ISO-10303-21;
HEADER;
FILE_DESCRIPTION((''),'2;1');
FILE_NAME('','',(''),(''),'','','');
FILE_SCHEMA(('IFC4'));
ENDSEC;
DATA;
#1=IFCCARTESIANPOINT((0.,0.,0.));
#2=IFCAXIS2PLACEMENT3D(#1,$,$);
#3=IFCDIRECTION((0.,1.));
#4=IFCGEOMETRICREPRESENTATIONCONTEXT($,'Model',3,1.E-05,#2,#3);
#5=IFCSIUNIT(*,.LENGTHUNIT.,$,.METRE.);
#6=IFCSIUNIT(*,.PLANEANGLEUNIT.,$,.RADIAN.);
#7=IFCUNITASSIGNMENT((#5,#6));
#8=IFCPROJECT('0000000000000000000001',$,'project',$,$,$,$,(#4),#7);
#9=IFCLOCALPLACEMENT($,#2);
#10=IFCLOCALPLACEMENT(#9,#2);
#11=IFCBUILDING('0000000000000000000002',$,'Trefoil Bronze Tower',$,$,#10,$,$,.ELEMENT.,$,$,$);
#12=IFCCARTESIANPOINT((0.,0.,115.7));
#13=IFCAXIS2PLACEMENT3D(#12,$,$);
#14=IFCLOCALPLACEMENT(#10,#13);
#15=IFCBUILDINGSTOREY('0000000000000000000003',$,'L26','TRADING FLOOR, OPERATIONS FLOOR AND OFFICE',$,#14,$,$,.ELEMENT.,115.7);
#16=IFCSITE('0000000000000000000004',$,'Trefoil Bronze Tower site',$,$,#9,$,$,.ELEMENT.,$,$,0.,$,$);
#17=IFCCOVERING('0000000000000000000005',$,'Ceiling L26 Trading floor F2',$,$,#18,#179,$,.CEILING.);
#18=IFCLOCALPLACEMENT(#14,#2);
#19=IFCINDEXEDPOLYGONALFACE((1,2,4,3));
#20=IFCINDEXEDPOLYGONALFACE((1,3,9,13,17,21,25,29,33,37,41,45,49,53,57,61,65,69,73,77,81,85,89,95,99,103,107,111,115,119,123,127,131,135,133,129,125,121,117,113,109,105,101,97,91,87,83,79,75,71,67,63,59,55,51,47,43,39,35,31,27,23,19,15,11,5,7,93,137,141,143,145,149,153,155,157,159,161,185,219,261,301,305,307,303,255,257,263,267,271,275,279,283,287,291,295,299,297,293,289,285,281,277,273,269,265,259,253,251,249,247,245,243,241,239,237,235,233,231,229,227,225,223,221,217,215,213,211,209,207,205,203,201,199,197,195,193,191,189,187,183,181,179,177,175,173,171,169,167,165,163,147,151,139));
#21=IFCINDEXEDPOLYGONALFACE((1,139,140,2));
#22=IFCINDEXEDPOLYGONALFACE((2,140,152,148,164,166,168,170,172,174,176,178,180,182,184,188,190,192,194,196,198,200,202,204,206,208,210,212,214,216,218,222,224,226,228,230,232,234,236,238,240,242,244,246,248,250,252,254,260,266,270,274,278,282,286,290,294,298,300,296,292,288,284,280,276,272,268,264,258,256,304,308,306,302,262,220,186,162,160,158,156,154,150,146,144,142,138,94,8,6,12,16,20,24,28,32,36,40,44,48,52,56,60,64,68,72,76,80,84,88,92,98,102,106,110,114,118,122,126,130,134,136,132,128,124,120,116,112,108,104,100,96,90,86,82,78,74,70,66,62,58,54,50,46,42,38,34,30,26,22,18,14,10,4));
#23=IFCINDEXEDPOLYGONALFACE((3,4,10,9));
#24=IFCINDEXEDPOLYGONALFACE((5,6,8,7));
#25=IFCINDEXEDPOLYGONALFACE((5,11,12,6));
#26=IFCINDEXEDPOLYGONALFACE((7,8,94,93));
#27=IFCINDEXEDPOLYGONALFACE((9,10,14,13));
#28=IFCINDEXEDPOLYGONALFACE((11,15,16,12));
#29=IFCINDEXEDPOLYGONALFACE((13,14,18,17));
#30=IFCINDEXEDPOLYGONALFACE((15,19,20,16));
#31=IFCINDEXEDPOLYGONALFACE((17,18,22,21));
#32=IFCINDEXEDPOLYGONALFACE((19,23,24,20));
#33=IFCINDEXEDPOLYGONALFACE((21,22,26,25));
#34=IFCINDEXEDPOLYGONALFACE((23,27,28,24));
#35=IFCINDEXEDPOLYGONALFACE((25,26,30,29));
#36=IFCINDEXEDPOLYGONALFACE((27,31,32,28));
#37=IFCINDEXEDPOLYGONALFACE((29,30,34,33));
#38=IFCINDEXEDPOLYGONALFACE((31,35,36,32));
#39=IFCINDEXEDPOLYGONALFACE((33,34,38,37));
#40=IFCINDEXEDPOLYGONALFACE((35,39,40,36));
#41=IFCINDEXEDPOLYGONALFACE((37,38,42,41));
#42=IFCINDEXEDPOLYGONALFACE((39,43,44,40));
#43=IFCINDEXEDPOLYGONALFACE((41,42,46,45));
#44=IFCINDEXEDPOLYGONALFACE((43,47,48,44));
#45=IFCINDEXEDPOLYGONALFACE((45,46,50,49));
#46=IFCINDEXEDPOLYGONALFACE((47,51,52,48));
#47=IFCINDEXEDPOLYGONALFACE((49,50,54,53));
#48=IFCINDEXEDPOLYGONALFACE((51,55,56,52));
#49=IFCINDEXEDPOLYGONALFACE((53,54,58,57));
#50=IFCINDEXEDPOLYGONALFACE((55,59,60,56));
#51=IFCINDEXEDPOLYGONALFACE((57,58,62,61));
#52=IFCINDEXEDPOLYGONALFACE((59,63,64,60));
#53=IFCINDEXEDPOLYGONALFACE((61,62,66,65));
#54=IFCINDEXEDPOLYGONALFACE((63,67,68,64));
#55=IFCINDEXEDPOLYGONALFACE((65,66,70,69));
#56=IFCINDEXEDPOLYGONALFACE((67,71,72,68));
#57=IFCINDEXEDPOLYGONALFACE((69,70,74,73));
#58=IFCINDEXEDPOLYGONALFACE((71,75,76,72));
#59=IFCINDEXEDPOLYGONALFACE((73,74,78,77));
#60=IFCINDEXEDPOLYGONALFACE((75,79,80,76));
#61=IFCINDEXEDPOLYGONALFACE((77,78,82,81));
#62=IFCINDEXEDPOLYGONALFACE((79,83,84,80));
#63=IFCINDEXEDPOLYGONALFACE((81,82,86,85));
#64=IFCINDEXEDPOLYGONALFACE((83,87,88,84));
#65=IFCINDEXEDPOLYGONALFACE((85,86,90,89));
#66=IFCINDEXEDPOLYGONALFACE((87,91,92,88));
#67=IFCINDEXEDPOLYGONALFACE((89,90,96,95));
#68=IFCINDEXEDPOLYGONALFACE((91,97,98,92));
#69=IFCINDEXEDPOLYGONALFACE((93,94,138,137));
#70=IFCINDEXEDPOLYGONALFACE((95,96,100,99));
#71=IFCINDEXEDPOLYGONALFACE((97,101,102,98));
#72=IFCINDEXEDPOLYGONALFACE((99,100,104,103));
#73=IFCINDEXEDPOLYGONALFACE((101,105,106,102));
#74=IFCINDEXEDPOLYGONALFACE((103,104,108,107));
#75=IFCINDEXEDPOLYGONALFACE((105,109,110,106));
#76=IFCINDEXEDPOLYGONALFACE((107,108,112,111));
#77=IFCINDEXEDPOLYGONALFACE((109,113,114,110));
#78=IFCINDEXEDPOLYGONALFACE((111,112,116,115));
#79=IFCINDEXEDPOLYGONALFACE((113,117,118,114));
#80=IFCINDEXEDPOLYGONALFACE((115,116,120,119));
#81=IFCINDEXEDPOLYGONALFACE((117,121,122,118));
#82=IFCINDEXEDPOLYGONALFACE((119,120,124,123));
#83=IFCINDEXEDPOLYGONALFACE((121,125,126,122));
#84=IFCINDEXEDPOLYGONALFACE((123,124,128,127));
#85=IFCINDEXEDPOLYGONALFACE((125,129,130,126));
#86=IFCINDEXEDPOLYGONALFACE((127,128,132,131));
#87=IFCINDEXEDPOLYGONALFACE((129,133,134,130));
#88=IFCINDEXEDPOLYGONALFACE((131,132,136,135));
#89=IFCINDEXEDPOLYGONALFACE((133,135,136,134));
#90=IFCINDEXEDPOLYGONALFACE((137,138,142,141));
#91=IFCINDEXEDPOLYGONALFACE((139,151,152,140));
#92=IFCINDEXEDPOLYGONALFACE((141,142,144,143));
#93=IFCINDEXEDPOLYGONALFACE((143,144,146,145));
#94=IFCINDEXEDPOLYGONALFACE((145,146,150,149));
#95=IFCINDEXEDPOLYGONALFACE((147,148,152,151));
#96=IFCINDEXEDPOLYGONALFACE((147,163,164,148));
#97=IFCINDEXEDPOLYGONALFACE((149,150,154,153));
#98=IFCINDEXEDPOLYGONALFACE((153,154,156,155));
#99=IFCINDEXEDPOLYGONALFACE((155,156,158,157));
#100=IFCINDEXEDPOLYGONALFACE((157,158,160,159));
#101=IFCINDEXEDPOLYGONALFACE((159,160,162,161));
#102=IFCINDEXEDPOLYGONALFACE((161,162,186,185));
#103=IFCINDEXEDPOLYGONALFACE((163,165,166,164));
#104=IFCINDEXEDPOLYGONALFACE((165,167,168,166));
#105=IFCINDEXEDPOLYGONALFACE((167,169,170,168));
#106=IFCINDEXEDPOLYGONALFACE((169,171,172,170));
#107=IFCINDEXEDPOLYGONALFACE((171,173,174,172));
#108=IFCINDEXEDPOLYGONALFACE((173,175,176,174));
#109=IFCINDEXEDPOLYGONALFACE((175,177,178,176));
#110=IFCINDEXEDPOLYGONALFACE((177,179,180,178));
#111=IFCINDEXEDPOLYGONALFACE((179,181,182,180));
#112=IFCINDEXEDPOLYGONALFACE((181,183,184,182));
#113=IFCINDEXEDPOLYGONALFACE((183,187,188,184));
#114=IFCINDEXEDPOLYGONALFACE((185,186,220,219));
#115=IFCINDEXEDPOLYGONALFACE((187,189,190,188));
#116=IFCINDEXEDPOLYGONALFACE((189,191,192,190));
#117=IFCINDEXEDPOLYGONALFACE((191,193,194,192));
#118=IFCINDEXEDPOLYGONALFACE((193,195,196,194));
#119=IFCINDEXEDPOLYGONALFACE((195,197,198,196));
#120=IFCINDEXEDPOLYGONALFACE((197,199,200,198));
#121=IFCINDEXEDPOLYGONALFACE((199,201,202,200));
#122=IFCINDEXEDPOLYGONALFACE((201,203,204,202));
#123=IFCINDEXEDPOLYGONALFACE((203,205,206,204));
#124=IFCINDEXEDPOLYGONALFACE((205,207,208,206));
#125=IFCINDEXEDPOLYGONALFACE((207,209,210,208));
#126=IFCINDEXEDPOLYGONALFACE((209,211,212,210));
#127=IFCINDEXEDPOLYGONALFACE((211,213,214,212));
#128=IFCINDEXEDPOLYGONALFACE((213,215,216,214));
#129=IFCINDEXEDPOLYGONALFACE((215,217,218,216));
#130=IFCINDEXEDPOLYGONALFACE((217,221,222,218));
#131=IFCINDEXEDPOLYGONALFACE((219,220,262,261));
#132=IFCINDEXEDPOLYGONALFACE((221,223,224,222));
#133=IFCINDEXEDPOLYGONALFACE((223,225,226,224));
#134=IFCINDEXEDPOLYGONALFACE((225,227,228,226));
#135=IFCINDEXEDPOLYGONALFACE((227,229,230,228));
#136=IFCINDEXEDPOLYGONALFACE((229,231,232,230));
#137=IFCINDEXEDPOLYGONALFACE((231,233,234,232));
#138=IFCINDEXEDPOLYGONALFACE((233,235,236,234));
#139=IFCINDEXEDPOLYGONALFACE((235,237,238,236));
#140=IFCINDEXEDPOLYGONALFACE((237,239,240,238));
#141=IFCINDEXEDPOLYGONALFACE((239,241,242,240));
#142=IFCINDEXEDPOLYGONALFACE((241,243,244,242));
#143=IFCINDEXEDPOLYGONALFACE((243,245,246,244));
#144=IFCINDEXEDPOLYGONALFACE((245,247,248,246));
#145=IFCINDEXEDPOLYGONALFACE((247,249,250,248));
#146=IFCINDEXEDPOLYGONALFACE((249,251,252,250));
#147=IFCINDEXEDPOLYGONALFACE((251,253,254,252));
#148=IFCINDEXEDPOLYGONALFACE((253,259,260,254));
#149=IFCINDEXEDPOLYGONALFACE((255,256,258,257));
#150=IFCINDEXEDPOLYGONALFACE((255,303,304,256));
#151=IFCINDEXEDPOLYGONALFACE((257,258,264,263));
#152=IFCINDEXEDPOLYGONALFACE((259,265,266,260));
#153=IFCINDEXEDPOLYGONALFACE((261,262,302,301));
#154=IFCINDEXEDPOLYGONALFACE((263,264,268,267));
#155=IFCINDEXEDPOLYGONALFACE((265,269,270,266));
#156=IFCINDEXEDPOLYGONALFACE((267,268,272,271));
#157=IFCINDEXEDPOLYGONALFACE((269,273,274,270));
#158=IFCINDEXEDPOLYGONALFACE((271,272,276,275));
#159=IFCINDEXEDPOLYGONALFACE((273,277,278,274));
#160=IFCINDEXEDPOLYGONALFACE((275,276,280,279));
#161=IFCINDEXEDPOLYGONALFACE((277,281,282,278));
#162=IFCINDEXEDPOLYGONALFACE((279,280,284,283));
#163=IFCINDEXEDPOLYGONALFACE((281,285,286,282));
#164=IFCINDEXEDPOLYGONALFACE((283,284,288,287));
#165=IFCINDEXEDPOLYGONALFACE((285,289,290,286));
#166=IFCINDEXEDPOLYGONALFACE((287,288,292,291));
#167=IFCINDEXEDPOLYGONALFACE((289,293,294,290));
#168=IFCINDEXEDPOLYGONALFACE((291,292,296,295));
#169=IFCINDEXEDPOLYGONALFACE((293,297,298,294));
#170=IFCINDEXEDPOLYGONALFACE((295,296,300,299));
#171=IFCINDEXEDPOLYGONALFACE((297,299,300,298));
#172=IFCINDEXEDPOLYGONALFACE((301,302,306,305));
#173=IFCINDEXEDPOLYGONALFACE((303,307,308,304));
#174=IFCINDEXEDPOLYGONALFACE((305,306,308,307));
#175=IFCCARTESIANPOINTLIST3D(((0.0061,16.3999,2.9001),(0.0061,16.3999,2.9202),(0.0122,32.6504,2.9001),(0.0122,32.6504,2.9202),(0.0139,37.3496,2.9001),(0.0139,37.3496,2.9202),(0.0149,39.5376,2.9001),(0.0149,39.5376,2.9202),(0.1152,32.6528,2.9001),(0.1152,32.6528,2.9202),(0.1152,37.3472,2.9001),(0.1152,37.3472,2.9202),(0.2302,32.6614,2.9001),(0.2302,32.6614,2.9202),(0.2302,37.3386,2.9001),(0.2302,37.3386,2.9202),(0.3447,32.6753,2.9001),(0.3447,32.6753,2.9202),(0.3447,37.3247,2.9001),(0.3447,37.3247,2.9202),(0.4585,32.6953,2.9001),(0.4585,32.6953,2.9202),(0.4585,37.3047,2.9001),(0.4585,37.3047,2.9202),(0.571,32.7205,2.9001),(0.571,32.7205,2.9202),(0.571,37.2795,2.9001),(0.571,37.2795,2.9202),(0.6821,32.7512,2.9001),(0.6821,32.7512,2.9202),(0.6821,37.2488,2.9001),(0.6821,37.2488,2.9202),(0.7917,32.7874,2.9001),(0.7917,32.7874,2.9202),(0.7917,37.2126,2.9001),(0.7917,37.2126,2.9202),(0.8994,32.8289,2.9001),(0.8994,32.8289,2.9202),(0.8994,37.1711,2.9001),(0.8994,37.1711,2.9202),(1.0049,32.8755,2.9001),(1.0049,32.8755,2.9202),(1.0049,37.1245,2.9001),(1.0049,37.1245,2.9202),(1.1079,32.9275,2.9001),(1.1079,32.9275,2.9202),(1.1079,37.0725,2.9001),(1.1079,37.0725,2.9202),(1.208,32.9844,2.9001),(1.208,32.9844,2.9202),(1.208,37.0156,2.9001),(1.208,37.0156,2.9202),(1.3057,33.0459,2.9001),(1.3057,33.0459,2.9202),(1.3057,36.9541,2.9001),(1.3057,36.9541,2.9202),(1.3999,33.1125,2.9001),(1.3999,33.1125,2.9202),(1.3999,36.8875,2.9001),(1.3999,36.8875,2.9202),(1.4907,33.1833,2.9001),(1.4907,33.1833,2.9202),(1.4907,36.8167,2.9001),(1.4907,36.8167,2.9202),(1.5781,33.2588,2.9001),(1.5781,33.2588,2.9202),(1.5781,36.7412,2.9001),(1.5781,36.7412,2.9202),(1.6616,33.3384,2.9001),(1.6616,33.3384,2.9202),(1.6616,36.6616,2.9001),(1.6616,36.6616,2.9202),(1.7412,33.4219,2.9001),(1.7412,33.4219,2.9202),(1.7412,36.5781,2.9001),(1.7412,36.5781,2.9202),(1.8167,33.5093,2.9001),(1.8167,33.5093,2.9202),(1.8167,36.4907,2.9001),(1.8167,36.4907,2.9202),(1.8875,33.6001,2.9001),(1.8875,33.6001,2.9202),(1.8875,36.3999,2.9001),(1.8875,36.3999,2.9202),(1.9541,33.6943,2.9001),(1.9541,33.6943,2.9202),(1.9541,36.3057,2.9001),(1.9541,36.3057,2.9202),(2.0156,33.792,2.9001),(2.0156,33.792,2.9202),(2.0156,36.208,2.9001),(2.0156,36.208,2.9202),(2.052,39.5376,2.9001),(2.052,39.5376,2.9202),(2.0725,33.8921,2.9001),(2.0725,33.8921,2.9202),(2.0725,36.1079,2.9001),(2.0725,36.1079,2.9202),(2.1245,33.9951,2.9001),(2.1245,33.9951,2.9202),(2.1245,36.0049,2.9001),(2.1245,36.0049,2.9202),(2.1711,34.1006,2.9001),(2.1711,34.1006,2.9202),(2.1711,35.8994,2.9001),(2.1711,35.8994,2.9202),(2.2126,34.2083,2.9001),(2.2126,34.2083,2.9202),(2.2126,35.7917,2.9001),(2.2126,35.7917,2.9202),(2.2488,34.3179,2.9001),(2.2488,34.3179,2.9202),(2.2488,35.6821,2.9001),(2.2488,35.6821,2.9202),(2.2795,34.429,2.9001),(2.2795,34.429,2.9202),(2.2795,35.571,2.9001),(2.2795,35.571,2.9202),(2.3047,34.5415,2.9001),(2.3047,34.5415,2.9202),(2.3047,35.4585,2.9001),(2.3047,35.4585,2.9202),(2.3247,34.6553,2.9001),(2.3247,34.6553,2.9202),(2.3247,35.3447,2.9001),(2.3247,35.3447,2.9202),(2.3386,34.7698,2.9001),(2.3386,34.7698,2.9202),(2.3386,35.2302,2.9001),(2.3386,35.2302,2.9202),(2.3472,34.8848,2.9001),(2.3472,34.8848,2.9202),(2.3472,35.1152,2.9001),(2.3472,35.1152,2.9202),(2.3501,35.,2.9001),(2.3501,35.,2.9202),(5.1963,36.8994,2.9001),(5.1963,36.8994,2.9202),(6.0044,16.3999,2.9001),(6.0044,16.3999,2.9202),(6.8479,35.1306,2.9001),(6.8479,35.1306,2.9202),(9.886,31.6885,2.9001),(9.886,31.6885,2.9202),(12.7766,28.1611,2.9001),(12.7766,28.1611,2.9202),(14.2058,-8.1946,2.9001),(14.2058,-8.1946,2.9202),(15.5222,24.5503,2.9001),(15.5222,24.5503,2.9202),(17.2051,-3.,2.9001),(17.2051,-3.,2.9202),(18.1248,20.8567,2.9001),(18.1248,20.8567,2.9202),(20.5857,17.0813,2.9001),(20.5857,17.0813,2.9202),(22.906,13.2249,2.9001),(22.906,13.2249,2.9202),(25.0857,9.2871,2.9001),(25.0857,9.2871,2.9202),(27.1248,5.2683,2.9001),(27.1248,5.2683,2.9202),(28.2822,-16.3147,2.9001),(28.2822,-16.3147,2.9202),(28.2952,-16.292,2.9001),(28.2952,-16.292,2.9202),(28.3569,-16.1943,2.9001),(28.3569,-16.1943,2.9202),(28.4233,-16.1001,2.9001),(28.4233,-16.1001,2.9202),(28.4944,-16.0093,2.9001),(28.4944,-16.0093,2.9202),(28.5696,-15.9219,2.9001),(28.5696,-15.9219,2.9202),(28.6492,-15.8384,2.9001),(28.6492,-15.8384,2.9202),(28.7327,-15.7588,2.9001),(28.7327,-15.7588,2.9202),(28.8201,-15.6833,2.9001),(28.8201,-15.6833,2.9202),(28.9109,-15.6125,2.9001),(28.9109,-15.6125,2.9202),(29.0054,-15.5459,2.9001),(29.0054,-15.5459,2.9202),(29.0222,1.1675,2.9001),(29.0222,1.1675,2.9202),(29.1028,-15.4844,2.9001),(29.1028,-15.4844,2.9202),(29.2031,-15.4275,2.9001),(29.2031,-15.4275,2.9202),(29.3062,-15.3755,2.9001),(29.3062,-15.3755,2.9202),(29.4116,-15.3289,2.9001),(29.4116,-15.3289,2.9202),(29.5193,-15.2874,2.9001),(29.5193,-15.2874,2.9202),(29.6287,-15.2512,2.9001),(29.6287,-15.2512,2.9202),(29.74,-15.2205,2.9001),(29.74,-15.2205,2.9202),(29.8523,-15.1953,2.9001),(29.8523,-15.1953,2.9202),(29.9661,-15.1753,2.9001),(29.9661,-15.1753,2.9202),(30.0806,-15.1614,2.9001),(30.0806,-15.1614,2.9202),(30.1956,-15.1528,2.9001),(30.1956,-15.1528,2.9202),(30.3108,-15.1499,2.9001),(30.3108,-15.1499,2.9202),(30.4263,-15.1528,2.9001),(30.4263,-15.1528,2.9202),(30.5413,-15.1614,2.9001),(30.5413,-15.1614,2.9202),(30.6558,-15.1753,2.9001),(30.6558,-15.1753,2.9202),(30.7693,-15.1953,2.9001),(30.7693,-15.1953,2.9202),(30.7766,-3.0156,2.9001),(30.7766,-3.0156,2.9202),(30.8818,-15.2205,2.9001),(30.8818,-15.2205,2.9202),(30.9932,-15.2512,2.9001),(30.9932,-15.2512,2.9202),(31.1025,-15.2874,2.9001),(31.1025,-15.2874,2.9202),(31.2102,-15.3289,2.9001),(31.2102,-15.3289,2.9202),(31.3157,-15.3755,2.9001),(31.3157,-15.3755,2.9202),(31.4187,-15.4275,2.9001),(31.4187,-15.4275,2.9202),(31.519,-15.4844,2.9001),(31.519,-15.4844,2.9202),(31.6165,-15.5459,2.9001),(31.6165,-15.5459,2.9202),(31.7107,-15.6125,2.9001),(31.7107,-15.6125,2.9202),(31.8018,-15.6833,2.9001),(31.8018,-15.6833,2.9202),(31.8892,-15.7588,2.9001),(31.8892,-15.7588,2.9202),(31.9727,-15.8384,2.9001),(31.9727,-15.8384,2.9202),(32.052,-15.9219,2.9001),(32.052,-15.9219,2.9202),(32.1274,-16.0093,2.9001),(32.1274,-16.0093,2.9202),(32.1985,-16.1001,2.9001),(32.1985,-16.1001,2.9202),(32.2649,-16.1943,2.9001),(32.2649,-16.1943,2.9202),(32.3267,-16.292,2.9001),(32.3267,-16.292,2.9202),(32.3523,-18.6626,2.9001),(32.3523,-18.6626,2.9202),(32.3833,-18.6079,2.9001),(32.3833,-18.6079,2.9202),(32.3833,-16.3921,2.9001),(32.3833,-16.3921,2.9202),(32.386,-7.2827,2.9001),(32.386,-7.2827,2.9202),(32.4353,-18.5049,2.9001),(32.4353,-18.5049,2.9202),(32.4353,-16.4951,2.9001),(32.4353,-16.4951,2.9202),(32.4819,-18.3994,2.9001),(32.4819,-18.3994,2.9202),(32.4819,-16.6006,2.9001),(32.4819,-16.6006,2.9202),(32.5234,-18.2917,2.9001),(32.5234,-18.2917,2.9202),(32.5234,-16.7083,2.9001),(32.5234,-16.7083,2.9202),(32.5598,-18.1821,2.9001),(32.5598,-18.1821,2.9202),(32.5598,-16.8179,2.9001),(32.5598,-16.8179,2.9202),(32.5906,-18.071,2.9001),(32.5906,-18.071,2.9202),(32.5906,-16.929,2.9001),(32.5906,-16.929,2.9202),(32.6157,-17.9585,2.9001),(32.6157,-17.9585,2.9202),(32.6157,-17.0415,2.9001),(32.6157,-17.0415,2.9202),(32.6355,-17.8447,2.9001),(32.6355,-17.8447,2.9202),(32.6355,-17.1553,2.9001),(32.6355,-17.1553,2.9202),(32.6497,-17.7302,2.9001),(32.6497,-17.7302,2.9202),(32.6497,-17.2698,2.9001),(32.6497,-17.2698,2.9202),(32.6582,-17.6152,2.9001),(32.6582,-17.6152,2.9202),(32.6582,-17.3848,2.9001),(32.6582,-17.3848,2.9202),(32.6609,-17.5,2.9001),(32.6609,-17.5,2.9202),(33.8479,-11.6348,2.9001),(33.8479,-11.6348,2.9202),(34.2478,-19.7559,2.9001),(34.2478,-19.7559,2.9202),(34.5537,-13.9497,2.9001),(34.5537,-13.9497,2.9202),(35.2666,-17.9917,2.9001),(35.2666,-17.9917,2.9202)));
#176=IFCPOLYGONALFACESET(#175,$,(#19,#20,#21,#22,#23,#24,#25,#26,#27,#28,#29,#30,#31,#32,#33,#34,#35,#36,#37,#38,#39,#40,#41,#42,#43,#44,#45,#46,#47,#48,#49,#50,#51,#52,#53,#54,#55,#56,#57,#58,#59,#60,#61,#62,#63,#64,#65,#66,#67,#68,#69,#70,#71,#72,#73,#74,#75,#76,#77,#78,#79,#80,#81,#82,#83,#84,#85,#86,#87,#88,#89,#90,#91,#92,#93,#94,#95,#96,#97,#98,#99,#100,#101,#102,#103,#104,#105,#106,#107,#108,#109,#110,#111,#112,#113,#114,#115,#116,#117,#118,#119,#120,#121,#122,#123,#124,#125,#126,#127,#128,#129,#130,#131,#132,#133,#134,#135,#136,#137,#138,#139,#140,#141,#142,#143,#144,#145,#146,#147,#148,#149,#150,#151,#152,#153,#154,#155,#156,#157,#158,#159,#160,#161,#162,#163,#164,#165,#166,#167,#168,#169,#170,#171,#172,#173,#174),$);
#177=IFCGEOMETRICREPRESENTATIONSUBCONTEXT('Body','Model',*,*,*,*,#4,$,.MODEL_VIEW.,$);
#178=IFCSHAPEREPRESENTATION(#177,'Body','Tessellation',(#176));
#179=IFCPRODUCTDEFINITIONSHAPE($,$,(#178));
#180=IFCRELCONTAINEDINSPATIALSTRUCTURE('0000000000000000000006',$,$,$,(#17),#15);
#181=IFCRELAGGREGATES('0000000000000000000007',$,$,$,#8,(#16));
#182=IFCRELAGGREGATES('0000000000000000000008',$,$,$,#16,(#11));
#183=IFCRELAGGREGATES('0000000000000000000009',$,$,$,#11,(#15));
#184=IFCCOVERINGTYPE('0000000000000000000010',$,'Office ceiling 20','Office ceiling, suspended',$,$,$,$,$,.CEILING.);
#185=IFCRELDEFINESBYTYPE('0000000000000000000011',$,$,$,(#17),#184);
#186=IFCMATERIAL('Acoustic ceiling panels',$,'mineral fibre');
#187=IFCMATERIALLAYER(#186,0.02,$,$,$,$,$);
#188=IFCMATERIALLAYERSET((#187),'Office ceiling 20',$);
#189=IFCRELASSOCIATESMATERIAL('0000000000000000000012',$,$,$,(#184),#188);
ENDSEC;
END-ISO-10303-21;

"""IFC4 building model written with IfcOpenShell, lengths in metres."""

from ifc_helpers import new_model, si_unit, direction, frame, origin, place, context, subcontext, project, spatial, polyline, outline, extrude, material, layer, layer_set, type_object, element, save


model = new_model("IFC4")

# Units and contexts
model_context = context("Model", 3, precision=1e-05, world=origin(), true_north=direction((0.0, 1.0)))
body_context = subcontext(model_context, "Body", "Model", "MODEL_VIEW")
ifc_project = project(units=[si_unit("LENGTHUNIT", "METRE"), si_unit("PLANEANGLEUNIT", "RADIAN")], contexts=[model_context])

# Site, building, storey
site_placement = place(None, origin())
site = spatial("IfcSite", under=ifc_project, at=site_placement, Name="Trefoil Bronze Tower site", CompositionType="ELEMENT", RefElevation=0.0)
building_placement = place(site_placement, origin())
building = spatial("IfcBuilding", under=site, at=building_placement, Name="Trefoil Bronze Tower", CompositionType="ELEMENT")
storey_placement = place(building_placement, frame((0.0, 0.0, 115.7)))
storey = spatial("IfcBuildingStorey", under=building, at=storey_placement, Name="L26", Description="TRADING FLOOR, OPERATIONS FLOOR AND OFFICE", CompositionType="ELEMENT", Elevation=115.7)

# Covering
ifc_material_1 = material(Name="Acoustic ceiling panels", Category="mineral fibre")
ifc_layer_1 = layer(ifc_material_1, 0.02)
ifc_layer_set_1 = layer_set([ifc_layer_1], Name="Office ceiling 20")
covering_type_1 = type_object("IfcCoveringType", Name="Office ceiling 20", Description="Office ceiling, suspended", PredefinedType="CEILING", material=ifc_layer_set_1)
covering_1_placement = place(storey_placement, frame((0.0, 0.0, 2.9001)))
element("IfcCovering", 1, at=covering_1_placement, inside=storey, type_object=covering_type_1, Name="Ceiling L26 Trading floor F2", PredefinedType="CEILING", context=body_context, shape_type="SweptSolid", body=[
    extrude(outline(polyline([(6.8479, 35.1306), (9.886, 31.6885), (12.7766, 28.1611), (15.5222, 24.5503), (18.1248, 20.8567), (20.5857, 17.0813), (22.906, 13.2249), (25.0857, 9.2871), (27.1248, 5.2683), (29.0222, 1.1675), (30.7766, -3.0156), (32.386, -7.2827), (33.8479, -11.6348), (34.5537, -13.9497), (35.2666, -17.9917), (34.2478, -19.7559), (32.3523, -18.6626), (32.3833, -18.6079), (32.4353, -18.5049), (32.4819, -18.3994), (32.5234, -18.2917), (32.5598, -18.1821), (32.5906, -18.071), (32.6157, -17.9585), (32.6355, -17.8447), (32.6497, -17.7302), (32.6582, -17.6152), (32.6609, -17.5), (32.6582, -17.3848), (32.6497, -17.2698), (32.6355, -17.1553), (32.6157, -17.0415), (32.5906, -16.929), (32.5598, -16.8179), (32.5234, -16.7083), (32.4819, -16.6006), (32.4353, -16.4951), (32.3833, -16.3921), (32.3267, -16.292), (32.2649, -16.1943), (32.1985, -16.1001), (32.1274, -16.0093), (32.052, -15.9219), (31.9727, -15.8384), (31.8892, -15.7588), (31.8018, -15.6833), (31.7107, -15.6125), (31.6165, -15.5459), (31.519, -15.4844), (31.4187, -15.4275), (31.3157, -15.3755), (31.2102, -15.3289), (31.1025, -15.2874), (30.9932, -15.2512), (30.8818, -15.2205), (30.7693, -15.1953), (30.6558, -15.1753), (30.5413, -15.1614), (30.4263, -15.1528), (30.3108, -15.1499), (30.1956, -15.1528), (30.0806, -15.1614), (29.9661, -15.1753), (29.8523, -15.1953), (29.74, -15.2205), (29.6287, -15.2512), (29.5193, -15.2874), (29.4116, -15.3289), (29.3062, -15.3755), (29.2031, -15.4275), (29.1028, -15.4844), (29.0054, -15.5459), (28.9109, -15.6125), (28.8201, -15.6833), (28.7327, -15.7588), (28.6492, -15.8384), (28.5696, -15.9219), (28.4944, -16.0093), (28.4233, -16.1001), (28.3569, -16.1943), (28.2952, -16.292), (28.2822, -16.3147), (14.2058, -8.1946), (17.2051, -3.0), (6.0044, 16.3999), (0.0061, 16.3999), (0.0122, 32.6504), (0.1152, 32.6528), (0.2302, 32.6614), (0.3447, 32.6753), (0.4585, 32.6953), (0.571, 32.7205), (0.6821, 32.7512), (0.7917, 32.7874), (0.8994, 32.8289), (1.0049, 32.8755), (1.1079, 32.9275), (1.208, 32.9844), (1.3057, 33.0459), (1.3999, 33.1125), (1.4907, 33.1833), (1.5781, 33.2588), (1.6616, 33.3384), (1.7412, 33.4219), (1.8167, 33.5093), (1.8875, 33.6001), (1.9541, 33.6943), (2.0156, 33.792), (2.0725, 33.8921), (2.1245, 33.9951), (2.1711, 34.1006), (2.2126, 34.2083), (2.2488, 34.3179), (2.2795, 34.429), (2.3047, 34.5415), (2.3247, 34.6553), (2.3386, 34.7698), (2.3472, 34.8848), (2.3501, 35.0), (2.3472, 35.1152), (2.3386, 35.2302), (2.3247, 35.3447), (2.3047, 35.4585), (2.2795, 35.571), (2.2488, 35.6821), (2.2126, 35.7917), (2.1711, 35.8994), (2.1245, 36.0049), (2.0725, 36.1079), (2.0156, 36.208), (1.9541, 36.3057), (1.8875, 36.3999), (1.8167, 36.4907), (1.7412, 36.5781), (1.6616, 36.6616), (1.5781, 36.7412), (1.4907, 36.8167), (1.3999, 36.8875), (1.3057, 36.9541), (1.208, 37.0156), (1.1079, 37.0725), (1.0049, 37.1245), (0.8994, 37.1711), (0.7917, 37.2126), (0.6821, 37.2488), (0.571, 37.2795), (0.4585, 37.3047), (0.3447, 37.3247), (0.2302, 37.3386), (0.1152, 37.3472), (0.0139, 37.3496), (0.0149, 39.5376), (2.052, 39.5376), (5.1963, 36.8994), (6.8479, 35.1306)])), origin(), (0.0, 0.0, 1.0), 0.02),
])

save(model, "model.ifc")
